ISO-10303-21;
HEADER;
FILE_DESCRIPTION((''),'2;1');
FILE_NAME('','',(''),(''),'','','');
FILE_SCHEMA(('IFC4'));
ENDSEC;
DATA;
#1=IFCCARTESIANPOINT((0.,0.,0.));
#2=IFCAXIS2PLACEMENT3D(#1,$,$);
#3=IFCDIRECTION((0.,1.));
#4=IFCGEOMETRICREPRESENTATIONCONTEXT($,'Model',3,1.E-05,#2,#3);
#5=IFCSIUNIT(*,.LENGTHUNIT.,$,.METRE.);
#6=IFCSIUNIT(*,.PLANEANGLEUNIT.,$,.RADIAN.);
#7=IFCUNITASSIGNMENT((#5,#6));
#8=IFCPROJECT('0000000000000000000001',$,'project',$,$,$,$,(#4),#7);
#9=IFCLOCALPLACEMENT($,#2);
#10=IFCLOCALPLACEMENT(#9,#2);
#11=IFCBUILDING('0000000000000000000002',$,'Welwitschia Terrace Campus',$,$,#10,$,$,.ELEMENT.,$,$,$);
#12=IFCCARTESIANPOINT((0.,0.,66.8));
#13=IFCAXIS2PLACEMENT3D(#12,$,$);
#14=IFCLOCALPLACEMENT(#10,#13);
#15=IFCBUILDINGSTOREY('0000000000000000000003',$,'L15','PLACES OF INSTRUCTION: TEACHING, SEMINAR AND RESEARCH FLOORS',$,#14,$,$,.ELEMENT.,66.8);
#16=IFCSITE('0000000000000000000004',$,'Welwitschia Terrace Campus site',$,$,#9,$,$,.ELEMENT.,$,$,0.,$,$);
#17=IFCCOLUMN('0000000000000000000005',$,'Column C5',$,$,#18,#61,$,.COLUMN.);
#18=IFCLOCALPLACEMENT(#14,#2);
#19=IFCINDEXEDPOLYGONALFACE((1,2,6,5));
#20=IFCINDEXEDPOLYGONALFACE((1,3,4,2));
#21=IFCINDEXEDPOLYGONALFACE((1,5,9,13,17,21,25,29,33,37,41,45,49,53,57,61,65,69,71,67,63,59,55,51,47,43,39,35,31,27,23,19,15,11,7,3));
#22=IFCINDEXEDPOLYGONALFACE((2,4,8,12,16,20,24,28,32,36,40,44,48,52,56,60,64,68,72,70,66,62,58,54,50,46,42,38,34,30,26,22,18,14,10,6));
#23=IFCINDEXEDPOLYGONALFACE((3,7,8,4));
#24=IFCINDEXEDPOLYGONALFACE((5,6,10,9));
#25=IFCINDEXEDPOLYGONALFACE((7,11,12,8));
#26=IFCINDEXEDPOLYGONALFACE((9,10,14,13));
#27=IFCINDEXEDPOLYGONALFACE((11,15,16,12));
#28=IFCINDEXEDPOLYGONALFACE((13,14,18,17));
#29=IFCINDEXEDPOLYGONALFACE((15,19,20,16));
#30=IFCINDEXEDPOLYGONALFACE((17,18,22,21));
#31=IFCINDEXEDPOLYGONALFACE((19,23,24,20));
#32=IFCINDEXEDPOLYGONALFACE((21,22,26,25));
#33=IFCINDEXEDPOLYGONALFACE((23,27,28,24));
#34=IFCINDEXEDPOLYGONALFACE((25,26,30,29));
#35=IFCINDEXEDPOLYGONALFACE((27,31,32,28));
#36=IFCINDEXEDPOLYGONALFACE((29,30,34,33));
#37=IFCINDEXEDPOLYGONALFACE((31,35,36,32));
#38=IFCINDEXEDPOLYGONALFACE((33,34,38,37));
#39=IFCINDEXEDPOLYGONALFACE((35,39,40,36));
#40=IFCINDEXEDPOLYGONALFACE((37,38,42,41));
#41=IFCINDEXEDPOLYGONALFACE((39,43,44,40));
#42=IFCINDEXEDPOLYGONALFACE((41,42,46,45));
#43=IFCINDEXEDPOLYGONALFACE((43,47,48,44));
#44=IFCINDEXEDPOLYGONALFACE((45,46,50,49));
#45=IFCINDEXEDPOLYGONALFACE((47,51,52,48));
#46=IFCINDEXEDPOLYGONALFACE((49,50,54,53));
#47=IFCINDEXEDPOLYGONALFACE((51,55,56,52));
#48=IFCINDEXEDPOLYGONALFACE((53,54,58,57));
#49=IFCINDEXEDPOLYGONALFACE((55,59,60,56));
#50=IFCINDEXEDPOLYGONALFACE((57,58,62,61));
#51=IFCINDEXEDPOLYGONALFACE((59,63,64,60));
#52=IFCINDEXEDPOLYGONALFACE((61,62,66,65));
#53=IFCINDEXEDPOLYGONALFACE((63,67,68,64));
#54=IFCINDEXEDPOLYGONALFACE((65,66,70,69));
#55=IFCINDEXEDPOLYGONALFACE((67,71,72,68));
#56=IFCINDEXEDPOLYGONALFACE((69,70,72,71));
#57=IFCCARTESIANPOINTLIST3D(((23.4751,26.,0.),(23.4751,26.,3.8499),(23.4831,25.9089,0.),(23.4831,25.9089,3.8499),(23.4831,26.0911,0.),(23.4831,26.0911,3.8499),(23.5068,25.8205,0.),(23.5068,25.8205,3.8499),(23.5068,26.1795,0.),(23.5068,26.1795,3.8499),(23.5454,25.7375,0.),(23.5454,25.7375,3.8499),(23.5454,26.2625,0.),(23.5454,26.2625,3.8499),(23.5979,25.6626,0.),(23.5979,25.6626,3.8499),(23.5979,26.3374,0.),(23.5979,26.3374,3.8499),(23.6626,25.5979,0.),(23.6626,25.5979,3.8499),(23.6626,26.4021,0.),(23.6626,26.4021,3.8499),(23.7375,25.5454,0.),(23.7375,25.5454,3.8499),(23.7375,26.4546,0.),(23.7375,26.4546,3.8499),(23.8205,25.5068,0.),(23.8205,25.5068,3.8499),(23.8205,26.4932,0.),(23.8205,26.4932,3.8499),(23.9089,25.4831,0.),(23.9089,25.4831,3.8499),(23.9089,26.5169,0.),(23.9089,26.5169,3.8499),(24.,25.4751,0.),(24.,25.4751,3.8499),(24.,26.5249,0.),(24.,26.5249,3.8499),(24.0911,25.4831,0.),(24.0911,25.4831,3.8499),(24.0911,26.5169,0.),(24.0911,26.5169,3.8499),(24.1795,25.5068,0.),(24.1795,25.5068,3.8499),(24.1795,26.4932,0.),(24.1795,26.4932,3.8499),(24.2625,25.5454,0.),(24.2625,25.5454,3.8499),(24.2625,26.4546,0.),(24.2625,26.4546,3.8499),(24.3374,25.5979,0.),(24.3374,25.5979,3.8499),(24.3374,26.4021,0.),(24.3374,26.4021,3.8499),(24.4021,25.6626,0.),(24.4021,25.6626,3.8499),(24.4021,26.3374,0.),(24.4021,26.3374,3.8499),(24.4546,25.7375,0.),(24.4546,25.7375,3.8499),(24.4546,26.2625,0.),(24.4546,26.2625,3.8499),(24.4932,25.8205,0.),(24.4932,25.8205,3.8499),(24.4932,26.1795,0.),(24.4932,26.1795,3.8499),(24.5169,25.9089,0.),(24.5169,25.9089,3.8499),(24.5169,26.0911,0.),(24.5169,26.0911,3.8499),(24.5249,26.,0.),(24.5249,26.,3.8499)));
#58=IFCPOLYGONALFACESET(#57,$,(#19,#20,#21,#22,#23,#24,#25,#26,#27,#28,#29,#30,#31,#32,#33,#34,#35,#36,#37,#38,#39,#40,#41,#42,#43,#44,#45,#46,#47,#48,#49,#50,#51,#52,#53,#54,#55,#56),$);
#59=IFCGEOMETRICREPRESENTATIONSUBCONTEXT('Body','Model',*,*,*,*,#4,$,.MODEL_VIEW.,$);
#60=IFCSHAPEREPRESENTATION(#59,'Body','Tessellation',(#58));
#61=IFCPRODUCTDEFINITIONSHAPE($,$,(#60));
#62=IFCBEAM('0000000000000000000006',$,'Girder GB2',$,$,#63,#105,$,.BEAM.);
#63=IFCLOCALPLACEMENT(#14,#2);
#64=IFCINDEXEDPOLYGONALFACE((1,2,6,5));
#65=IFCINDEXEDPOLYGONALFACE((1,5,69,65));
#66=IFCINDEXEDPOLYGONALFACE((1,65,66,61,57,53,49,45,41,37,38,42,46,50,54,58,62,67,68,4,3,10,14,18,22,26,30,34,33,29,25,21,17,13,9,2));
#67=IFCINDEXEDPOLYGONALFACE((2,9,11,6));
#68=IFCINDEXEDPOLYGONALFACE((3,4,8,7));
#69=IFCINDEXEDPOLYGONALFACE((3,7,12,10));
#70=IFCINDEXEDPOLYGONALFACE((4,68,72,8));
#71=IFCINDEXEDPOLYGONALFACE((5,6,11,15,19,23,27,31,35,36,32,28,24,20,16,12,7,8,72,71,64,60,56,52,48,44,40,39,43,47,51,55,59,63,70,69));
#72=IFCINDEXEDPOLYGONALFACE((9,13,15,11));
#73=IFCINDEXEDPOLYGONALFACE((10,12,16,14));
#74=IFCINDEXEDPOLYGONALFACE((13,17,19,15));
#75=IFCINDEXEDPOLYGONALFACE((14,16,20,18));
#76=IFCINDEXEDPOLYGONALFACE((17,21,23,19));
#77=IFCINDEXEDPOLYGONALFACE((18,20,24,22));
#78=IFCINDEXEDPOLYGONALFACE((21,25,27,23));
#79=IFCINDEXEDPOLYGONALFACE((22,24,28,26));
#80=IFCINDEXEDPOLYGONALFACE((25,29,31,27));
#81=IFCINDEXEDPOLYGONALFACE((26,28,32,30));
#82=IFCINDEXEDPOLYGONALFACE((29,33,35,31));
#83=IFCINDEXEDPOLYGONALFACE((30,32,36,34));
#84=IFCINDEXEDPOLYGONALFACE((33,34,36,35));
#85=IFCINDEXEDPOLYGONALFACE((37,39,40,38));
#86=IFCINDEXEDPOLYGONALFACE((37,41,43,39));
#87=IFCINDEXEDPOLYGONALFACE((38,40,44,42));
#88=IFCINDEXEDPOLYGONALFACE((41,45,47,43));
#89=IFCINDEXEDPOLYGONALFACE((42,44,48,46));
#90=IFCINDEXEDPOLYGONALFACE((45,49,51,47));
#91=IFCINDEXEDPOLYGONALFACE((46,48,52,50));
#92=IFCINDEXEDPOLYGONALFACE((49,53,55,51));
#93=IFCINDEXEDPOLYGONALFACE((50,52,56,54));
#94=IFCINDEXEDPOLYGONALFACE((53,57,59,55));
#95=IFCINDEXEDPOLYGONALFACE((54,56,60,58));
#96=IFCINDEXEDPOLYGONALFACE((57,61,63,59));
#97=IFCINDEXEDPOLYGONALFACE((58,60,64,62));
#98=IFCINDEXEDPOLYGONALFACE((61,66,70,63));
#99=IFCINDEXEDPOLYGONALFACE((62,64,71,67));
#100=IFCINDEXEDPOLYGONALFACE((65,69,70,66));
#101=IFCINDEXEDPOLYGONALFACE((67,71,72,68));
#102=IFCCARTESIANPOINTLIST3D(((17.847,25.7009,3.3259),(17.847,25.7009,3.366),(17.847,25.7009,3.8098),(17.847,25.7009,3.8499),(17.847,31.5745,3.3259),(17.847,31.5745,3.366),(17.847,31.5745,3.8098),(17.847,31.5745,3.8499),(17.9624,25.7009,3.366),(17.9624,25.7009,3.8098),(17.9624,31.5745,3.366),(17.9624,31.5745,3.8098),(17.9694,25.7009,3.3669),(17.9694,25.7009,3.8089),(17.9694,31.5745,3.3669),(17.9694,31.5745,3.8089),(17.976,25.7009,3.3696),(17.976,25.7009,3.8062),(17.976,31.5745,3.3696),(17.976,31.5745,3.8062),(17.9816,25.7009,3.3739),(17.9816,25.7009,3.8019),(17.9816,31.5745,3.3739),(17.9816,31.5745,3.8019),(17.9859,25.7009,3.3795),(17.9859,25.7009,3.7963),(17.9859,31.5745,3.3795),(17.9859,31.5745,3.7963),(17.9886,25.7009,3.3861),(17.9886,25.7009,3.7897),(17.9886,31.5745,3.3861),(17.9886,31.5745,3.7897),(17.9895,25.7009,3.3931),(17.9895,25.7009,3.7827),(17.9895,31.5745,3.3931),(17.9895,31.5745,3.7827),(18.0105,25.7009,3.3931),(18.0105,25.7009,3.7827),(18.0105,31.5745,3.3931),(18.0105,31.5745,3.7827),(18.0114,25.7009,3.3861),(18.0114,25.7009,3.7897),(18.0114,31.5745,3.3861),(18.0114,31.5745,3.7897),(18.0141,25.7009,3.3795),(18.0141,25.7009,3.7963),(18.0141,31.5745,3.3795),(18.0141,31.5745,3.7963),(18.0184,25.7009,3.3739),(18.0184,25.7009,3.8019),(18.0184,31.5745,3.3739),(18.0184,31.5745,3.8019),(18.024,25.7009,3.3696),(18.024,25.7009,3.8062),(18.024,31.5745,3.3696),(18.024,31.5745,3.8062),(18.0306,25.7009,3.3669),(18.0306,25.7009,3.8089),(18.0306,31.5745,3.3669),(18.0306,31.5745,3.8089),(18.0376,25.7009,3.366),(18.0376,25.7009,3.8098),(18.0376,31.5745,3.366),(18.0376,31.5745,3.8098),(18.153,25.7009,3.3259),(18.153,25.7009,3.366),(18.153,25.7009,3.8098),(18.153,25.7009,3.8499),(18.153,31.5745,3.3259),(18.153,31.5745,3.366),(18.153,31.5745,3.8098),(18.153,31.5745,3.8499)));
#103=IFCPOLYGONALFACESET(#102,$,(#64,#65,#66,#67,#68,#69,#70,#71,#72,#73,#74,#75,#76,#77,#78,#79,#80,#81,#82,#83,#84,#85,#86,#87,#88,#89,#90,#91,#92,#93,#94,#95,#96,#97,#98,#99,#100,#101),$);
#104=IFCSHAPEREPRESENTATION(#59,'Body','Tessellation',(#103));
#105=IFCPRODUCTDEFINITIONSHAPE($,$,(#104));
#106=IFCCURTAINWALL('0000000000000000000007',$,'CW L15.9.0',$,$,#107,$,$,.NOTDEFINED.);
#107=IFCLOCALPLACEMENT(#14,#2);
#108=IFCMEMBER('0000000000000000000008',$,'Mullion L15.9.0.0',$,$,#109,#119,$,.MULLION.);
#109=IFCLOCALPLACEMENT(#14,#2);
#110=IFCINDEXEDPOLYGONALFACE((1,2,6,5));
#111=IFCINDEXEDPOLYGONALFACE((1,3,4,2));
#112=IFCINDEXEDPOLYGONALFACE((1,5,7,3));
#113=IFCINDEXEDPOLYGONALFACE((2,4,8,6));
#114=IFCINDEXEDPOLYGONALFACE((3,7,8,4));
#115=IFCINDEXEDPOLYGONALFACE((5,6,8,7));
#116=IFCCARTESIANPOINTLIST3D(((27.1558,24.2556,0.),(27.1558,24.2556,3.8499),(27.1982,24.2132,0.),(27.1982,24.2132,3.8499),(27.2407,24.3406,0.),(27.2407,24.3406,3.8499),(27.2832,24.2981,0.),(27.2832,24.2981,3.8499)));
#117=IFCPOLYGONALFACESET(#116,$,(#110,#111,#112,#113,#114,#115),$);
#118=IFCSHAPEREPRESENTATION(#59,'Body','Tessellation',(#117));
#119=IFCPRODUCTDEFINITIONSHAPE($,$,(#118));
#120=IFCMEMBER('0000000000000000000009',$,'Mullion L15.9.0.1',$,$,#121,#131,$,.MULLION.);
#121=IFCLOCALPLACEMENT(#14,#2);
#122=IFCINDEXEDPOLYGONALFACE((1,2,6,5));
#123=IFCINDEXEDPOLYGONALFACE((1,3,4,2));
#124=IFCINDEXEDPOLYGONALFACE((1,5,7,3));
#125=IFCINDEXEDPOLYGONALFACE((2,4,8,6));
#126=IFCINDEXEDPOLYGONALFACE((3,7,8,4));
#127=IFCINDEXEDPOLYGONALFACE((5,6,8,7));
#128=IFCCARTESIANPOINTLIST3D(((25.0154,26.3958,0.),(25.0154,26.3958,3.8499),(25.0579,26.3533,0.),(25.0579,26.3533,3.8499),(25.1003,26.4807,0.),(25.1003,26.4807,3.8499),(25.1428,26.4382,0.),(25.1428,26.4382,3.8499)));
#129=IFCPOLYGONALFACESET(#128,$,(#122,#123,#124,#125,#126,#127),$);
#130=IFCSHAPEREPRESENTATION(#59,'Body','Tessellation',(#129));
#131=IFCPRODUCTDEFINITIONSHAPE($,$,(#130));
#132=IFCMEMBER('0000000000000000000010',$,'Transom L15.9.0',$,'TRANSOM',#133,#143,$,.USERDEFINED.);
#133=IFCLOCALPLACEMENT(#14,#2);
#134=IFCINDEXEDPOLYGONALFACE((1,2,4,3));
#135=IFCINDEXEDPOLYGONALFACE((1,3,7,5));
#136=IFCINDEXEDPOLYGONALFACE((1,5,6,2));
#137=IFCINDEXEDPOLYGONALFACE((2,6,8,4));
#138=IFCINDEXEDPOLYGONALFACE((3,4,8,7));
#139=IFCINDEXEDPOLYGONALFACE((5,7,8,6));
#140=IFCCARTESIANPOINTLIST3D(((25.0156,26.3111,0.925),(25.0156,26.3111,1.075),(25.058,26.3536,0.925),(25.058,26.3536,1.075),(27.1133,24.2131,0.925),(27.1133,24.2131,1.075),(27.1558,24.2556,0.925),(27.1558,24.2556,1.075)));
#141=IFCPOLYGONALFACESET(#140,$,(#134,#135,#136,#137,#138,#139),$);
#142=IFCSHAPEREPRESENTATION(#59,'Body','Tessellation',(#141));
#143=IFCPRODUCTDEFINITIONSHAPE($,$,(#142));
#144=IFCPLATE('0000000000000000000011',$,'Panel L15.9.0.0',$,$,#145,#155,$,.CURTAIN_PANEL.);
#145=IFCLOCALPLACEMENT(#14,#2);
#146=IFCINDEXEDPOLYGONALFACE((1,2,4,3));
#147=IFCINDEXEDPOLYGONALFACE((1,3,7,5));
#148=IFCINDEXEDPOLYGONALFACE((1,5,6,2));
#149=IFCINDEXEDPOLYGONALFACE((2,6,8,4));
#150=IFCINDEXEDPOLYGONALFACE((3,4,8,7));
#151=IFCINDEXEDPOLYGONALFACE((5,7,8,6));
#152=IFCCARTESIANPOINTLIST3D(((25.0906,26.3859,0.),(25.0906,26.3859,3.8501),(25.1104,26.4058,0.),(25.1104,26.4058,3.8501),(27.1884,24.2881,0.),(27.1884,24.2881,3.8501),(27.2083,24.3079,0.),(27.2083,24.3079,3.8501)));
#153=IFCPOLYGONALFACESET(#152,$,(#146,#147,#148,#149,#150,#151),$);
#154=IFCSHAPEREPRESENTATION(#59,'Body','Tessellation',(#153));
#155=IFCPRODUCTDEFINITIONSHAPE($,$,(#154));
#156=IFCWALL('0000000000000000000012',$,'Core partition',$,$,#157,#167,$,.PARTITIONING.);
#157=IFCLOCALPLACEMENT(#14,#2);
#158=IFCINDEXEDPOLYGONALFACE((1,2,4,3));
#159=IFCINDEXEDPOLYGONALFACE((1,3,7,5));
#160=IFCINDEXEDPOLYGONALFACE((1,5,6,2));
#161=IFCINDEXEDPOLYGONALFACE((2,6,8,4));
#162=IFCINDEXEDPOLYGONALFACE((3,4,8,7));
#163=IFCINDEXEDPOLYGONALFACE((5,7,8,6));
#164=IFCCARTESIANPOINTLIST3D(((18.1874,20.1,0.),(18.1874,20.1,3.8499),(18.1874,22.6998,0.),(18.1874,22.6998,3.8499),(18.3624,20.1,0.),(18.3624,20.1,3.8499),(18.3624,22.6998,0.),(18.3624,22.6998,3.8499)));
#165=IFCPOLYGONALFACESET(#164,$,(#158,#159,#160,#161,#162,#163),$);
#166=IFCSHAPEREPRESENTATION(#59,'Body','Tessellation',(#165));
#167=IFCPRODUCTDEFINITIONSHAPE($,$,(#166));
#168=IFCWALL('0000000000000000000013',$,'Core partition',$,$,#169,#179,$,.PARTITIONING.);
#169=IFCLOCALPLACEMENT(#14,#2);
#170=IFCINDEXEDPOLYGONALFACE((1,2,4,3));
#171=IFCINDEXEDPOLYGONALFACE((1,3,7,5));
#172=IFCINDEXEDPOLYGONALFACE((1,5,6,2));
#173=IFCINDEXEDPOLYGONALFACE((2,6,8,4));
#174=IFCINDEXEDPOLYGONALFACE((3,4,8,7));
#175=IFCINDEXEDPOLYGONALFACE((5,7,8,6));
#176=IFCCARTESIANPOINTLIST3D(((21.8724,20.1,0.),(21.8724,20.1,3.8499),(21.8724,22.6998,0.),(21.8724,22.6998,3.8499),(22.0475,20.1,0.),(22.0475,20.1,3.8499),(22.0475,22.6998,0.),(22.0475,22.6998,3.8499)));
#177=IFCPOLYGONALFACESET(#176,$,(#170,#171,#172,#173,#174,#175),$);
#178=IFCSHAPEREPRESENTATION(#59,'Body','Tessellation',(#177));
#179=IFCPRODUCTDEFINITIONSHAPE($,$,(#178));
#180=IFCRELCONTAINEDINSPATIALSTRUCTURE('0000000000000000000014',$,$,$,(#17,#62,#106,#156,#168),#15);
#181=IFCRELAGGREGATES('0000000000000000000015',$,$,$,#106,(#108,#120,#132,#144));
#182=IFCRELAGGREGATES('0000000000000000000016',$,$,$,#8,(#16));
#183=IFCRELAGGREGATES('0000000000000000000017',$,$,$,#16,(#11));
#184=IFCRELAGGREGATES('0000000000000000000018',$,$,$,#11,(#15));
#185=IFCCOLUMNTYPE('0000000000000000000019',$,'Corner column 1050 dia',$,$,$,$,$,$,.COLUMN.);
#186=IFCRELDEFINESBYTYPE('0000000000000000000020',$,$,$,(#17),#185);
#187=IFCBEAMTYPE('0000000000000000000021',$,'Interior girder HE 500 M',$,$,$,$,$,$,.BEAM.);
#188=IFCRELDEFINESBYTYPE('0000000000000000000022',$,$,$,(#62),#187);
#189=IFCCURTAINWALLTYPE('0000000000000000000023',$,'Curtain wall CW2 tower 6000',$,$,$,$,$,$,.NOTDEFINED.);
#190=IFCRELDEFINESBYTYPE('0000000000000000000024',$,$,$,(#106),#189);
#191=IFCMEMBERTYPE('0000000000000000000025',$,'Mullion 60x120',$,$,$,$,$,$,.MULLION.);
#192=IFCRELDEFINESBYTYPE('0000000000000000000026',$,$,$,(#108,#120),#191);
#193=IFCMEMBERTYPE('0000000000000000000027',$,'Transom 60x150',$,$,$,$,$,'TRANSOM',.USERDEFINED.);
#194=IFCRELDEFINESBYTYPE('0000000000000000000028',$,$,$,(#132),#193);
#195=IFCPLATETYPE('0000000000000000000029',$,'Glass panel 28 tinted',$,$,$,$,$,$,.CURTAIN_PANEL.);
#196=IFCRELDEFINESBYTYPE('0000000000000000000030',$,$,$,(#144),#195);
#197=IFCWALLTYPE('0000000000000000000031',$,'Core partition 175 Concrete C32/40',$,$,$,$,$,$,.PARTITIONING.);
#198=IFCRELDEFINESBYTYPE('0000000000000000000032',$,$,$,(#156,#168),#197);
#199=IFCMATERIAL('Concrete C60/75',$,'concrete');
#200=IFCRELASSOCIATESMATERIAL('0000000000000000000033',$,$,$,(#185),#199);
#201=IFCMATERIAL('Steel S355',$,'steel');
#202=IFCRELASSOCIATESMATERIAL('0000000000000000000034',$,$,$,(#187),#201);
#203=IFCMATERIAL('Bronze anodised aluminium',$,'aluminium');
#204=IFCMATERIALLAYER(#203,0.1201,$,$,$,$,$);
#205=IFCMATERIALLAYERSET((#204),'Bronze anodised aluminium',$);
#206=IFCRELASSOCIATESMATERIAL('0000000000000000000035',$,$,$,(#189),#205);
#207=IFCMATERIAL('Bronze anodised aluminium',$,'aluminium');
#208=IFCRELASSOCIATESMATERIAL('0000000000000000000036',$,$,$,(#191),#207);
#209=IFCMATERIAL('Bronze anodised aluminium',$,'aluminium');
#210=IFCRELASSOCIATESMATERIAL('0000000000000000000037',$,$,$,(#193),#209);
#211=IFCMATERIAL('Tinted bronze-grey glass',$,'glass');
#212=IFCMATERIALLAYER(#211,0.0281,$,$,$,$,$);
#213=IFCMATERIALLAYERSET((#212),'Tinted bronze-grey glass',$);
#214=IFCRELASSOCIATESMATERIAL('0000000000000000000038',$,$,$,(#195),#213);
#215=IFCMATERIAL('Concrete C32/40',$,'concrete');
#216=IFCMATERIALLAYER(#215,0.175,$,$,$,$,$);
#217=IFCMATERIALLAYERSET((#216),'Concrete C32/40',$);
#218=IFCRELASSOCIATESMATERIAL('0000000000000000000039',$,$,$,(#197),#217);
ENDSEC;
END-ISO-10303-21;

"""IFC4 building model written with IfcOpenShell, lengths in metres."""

from ifc_helpers import new_model, si_unit, direction, frame, frame_2d, origin, origin_2d, place, context, subcontext, project, spatial, rectangle, circle, i_section, extrude, material, layer, layer_set, material_profile, profile_set, type_object, element, aggregate, save


model = new_model("IFC4")

# Units and contexts
model_context = context("Model", 3, precision=1e-05, world=origin(), true_north=direction((0.0, 1.0)))
body_context = subcontext(model_context, "Body", "Model", "MODEL_VIEW")
ifc_project = project(units=[si_unit("LENGTHUNIT", "METRE"), si_unit("PLANEANGLEUNIT", "RADIAN")], contexts=[model_context])

# Site, building, storey
site_placement = place(None, origin())
site = spatial("IfcSite", under=ifc_project, at=site_placement, Name="Welwitschia Terrace Campus site", CompositionType="ELEMENT", RefElevation=0.0)
building_placement = place(site_placement, origin())
building = spatial("IfcBuilding", under=site, at=building_placement, Name="Welwitschia Terrace Campus", CompositionType="ELEMENT")
storey_placement = place(building_placement, frame((0.0, 0.0, 66.8)))
storey = spatial("IfcBuildingStorey", under=building, at=storey_placement, Name="L15", Description="PLACES OF INSTRUCTION: TEACHING, SEMINAR AND RESEARCH FLOORS", CompositionType="ELEMENT", Elevation=66.8)

# Column
ifc_material_1 = material(Name="Concrete C60/75", Category="concrete")
ifc_material_profile_1 = material_profile(ifc_material_1, circle(Radius=0.5249, at=origin_2d()))
ifc_profile_set_1 = profile_set([ifc_material_profile_1], Name="Concrete C60/75")
column_type = type_object("IfcColumnType", Name="Corner column 1050 dia", PredefinedType="COLUMN", material=ifc_profile_set_1)
column_placement = place(storey_placement, frame((24.0, 26.0, 0.0), z_axis=(0.0, 0.0, 1.0), x_axis=(1.0, 0.0, 0.0)))
element("IfcColumn", 1, at=column_placement, inside=storey, type_object=column_type, Name="Column C5", PredefinedType="COLUMN", context=body_context, shape_type="SweptSolid", body=[
    extrude(circle(Radius=0.5249, at=origin_2d()), origin(), (0.0, 0.0, 1.0), 3.8499),
])

# Beam
ifc_material_2 = material(Name="Steel S355", Category="steel")
ifc_material_profile_2 = material_profile(ifc_material_2, i_section(OverallWidth=0.3059, OverallDepth=0.5239, WebThickness=0.021, FlangeThickness=0.04, FilletRadius=0.0271, at=origin_2d()))
ifc_profile_set_2 = profile_set([ifc_material_profile_2], Name="Steel S355")
beam_type = type_object("IfcBeamType", Name="Interior girder HE 500 M", PredefinedType="BEAM", material=ifc_profile_set_2)
beam_placement = place(storey_placement, frame((18.0, 25.7009, 3.5879), z_axis=(0.0, 1.0, 0.0), x_axis=(-1.0, 0.0, 0.0)))
element("IfcBeam", 2, at=beam_placement, inside=storey, type_object=beam_type, Name="Girder GB2", PredefinedType="BEAM", context=body_context, shape_type="SweptSolid", body=[
    extrude(i_section(OverallWidth=0.3059, OverallDepth=0.5239, WebThickness=0.021, FlangeThickness=0.04, FilletRadius=0.0271, at=origin_2d()), origin(), (0.0, 0.0, 1.0), 5.8735),
])

# Curtain wall, members, plate
ifc_material_3 = material(Name="Bronze anodised aluminium", Category="aluminium")
ifc_layer_1 = layer(ifc_material_3, 0.1201)
ifc_layer_set_1 = layer_set([ifc_layer_1], Name="Bronze anodised aluminium")
curtain_wall_type = type_object("IfcCurtainWallType", Name="Curtain wall CW2 tower 6000", PredefinedType="NOTDEFINED", material=ifc_layer_set_1)
curtain_wall_placement = place(storey_placement, origin())
curtain_wall = element("IfcCurtainWall", 3, at=curtain_wall_placement, inside=storey, type_object=curtain_wall_type, Name="CW L15.9.0", PredefinedType="NOTDEFINED")
ifc_material_4 = material(Name="Bronze anodised aluminium", Category="aluminium")
ifc_material_profile_3 = material_profile(ifc_material_4, rectangle(XDim=0.1201, YDim=0.0601, at=origin_2d()))
ifc_profile_set_3 = profile_set([ifc_material_profile_3], Name="Bronze anodised aluminium")
member_type_1 = type_object("IfcMemberType", Name="Mullion 60x120", PredefinedType="MULLION", material=ifc_profile_set_3)
member_1_placement = place(storey_placement, frame((27.2195, 24.2769, 0.0), z_axis=(0.0, 0.0, 1.0), x_axis=(-0.707107, -0.707107, 0.0)))
member_1 = element("IfcMember", 4, at=member_1_placement, type_object=member_type_1, Name="Mullion L15.9.0.0", PredefinedType="MULLION", context=body_context, shape_type="SweptSolid", body=[
    extrude(rectangle(XDim=0.1201, YDim=0.0601, at=origin_2d()), origin(), (0.0, 0.0, 1.0), 3.8499),
])
member_2_placement = place(storey_placement, frame((25.0791, 26.417, 0.0), z_axis=(0.0, 0.0, 1.0), x_axis=(-0.707107, -0.707107, 0.0)))
member_2 = element("IfcMember", 5, at=member_2_placement, type_object=member_type_1, Name="Mullion L15.9.0.1", PredefinedType="MULLION", context=body_context, shape_type="SweptSolid", body=[
    extrude(rectangle(XDim=0.1201, YDim=0.0601, at=origin_2d()), origin(), (0.0, 0.0, 1.0), 3.8499),
])
ifc_material_5 = material(Name="Bronze anodised aluminium", Category="aluminium")
ifc_material_profile_4 = material_profile(ifc_material_5, rectangle(XDim=0.0601, YDim=0.1499, at=origin_2d()))
ifc_profile_set_4 = profile_set([ifc_material_profile_4], Name="Bronze anodised aluminium")
member_type_2 = type_object("IfcMemberType", Name="Transom 60x150", ElementType="TRANSOM", PredefinedType="USERDEFINED", material=ifc_profile_set_4)
member_3_placement = place(storey_placement, frame((27.1345, 24.2344, 1.0), z_axis=(-0.707066, 0.707148, 0.0), x_axis=(-0.707148, -0.707066, 0.0)))
member_3 = element("IfcMember", 6, at=member_3_placement, type_object=member_type_2, Name="Transom L15.9.0", ObjectType="TRANSOM", PredefinedType="USERDEFINED", context=body_context, shape_type="SweptSolid", body=[
    extrude(rectangle(XDim=0.0601, YDim=0.1499, at=origin_2d()), origin(), (0.0, 0.0, 1.0), 2.9668),
])
ifc_material_6 = material(Name="Tinted bronze-grey glass", Category="glass")
ifc_layer_2 = layer(ifc_material_6, 0.0281)
ifc_layer_set_2 = layer_set([ifc_layer_2], Name="Tinted bronze-grey glass")
plate_type = type_object("IfcPlateType", Name="Glass panel 28 tinted", PredefinedType="CURTAIN_PANEL", material=ifc_layer_set_2)
plate_placement = place(storey_placement, frame((26.1494, 25.3469, 0.0), z_axis=(0.0, 0.0, 1.0), x_axis=(-0.707107, 0.707107, 0.0)))
plate = element("IfcPlate", 7, at=plate_placement, type_object=plate_type, Name="Panel L15.9.0.0", PredefinedType="CURTAIN_PANEL", context=body_context, shape_type="SweptSolid", body=[
    extrude(rectangle(XDim=2.9668, YDim=0.0281, at=origin_2d()), origin(), (0.0, 0.0, 1.0), 3.8501),
])
aggregate(curtain_wall, [member_1, member_2, member_3, plate])

# Walls
ifc_material_7 = material(Name="Concrete C32/40", Category="concrete")
ifc_layer_3 = layer(ifc_material_7, 0.175)
ifc_layer_set_3 = layer_set([ifc_layer_3], Name="Concrete C32/40")
wall_type_1 = type_object("IfcWallType", Name="Core partition 175 Concrete C32/40", PredefinedType="PARTITIONING", material=ifc_layer_set_3)
for number, where, z_axis, x_axis, name in (
    (8, (18.2749, 20.1001, 0.0), (0.0, 0.0, 1.0), (0.0, 1.0, 0.0), "Core partition"),
    (9, (21.96, 20.1001, 0.0), (0.0, 0.0, 1.0), (0.0, 1.0, 0.0), "Core partition"),
):
    element("IfcWall", number, at=place(storey_placement, frame(where, z_axis=z_axis, x_axis=x_axis)), inside=storey, type_object=wall_type_1, Name=name, PredefinedType="PARTITIONING", context=body_context, shape_type="SweptSolid", body=[
        extrude(rectangle(XDim=2.5999, YDim=0.175, at=frame_2d((1.2998, 0.0))), origin(), (0.0, 0.0, 1.0), 3.8499),
    ])

save(model, "model.ifc")
